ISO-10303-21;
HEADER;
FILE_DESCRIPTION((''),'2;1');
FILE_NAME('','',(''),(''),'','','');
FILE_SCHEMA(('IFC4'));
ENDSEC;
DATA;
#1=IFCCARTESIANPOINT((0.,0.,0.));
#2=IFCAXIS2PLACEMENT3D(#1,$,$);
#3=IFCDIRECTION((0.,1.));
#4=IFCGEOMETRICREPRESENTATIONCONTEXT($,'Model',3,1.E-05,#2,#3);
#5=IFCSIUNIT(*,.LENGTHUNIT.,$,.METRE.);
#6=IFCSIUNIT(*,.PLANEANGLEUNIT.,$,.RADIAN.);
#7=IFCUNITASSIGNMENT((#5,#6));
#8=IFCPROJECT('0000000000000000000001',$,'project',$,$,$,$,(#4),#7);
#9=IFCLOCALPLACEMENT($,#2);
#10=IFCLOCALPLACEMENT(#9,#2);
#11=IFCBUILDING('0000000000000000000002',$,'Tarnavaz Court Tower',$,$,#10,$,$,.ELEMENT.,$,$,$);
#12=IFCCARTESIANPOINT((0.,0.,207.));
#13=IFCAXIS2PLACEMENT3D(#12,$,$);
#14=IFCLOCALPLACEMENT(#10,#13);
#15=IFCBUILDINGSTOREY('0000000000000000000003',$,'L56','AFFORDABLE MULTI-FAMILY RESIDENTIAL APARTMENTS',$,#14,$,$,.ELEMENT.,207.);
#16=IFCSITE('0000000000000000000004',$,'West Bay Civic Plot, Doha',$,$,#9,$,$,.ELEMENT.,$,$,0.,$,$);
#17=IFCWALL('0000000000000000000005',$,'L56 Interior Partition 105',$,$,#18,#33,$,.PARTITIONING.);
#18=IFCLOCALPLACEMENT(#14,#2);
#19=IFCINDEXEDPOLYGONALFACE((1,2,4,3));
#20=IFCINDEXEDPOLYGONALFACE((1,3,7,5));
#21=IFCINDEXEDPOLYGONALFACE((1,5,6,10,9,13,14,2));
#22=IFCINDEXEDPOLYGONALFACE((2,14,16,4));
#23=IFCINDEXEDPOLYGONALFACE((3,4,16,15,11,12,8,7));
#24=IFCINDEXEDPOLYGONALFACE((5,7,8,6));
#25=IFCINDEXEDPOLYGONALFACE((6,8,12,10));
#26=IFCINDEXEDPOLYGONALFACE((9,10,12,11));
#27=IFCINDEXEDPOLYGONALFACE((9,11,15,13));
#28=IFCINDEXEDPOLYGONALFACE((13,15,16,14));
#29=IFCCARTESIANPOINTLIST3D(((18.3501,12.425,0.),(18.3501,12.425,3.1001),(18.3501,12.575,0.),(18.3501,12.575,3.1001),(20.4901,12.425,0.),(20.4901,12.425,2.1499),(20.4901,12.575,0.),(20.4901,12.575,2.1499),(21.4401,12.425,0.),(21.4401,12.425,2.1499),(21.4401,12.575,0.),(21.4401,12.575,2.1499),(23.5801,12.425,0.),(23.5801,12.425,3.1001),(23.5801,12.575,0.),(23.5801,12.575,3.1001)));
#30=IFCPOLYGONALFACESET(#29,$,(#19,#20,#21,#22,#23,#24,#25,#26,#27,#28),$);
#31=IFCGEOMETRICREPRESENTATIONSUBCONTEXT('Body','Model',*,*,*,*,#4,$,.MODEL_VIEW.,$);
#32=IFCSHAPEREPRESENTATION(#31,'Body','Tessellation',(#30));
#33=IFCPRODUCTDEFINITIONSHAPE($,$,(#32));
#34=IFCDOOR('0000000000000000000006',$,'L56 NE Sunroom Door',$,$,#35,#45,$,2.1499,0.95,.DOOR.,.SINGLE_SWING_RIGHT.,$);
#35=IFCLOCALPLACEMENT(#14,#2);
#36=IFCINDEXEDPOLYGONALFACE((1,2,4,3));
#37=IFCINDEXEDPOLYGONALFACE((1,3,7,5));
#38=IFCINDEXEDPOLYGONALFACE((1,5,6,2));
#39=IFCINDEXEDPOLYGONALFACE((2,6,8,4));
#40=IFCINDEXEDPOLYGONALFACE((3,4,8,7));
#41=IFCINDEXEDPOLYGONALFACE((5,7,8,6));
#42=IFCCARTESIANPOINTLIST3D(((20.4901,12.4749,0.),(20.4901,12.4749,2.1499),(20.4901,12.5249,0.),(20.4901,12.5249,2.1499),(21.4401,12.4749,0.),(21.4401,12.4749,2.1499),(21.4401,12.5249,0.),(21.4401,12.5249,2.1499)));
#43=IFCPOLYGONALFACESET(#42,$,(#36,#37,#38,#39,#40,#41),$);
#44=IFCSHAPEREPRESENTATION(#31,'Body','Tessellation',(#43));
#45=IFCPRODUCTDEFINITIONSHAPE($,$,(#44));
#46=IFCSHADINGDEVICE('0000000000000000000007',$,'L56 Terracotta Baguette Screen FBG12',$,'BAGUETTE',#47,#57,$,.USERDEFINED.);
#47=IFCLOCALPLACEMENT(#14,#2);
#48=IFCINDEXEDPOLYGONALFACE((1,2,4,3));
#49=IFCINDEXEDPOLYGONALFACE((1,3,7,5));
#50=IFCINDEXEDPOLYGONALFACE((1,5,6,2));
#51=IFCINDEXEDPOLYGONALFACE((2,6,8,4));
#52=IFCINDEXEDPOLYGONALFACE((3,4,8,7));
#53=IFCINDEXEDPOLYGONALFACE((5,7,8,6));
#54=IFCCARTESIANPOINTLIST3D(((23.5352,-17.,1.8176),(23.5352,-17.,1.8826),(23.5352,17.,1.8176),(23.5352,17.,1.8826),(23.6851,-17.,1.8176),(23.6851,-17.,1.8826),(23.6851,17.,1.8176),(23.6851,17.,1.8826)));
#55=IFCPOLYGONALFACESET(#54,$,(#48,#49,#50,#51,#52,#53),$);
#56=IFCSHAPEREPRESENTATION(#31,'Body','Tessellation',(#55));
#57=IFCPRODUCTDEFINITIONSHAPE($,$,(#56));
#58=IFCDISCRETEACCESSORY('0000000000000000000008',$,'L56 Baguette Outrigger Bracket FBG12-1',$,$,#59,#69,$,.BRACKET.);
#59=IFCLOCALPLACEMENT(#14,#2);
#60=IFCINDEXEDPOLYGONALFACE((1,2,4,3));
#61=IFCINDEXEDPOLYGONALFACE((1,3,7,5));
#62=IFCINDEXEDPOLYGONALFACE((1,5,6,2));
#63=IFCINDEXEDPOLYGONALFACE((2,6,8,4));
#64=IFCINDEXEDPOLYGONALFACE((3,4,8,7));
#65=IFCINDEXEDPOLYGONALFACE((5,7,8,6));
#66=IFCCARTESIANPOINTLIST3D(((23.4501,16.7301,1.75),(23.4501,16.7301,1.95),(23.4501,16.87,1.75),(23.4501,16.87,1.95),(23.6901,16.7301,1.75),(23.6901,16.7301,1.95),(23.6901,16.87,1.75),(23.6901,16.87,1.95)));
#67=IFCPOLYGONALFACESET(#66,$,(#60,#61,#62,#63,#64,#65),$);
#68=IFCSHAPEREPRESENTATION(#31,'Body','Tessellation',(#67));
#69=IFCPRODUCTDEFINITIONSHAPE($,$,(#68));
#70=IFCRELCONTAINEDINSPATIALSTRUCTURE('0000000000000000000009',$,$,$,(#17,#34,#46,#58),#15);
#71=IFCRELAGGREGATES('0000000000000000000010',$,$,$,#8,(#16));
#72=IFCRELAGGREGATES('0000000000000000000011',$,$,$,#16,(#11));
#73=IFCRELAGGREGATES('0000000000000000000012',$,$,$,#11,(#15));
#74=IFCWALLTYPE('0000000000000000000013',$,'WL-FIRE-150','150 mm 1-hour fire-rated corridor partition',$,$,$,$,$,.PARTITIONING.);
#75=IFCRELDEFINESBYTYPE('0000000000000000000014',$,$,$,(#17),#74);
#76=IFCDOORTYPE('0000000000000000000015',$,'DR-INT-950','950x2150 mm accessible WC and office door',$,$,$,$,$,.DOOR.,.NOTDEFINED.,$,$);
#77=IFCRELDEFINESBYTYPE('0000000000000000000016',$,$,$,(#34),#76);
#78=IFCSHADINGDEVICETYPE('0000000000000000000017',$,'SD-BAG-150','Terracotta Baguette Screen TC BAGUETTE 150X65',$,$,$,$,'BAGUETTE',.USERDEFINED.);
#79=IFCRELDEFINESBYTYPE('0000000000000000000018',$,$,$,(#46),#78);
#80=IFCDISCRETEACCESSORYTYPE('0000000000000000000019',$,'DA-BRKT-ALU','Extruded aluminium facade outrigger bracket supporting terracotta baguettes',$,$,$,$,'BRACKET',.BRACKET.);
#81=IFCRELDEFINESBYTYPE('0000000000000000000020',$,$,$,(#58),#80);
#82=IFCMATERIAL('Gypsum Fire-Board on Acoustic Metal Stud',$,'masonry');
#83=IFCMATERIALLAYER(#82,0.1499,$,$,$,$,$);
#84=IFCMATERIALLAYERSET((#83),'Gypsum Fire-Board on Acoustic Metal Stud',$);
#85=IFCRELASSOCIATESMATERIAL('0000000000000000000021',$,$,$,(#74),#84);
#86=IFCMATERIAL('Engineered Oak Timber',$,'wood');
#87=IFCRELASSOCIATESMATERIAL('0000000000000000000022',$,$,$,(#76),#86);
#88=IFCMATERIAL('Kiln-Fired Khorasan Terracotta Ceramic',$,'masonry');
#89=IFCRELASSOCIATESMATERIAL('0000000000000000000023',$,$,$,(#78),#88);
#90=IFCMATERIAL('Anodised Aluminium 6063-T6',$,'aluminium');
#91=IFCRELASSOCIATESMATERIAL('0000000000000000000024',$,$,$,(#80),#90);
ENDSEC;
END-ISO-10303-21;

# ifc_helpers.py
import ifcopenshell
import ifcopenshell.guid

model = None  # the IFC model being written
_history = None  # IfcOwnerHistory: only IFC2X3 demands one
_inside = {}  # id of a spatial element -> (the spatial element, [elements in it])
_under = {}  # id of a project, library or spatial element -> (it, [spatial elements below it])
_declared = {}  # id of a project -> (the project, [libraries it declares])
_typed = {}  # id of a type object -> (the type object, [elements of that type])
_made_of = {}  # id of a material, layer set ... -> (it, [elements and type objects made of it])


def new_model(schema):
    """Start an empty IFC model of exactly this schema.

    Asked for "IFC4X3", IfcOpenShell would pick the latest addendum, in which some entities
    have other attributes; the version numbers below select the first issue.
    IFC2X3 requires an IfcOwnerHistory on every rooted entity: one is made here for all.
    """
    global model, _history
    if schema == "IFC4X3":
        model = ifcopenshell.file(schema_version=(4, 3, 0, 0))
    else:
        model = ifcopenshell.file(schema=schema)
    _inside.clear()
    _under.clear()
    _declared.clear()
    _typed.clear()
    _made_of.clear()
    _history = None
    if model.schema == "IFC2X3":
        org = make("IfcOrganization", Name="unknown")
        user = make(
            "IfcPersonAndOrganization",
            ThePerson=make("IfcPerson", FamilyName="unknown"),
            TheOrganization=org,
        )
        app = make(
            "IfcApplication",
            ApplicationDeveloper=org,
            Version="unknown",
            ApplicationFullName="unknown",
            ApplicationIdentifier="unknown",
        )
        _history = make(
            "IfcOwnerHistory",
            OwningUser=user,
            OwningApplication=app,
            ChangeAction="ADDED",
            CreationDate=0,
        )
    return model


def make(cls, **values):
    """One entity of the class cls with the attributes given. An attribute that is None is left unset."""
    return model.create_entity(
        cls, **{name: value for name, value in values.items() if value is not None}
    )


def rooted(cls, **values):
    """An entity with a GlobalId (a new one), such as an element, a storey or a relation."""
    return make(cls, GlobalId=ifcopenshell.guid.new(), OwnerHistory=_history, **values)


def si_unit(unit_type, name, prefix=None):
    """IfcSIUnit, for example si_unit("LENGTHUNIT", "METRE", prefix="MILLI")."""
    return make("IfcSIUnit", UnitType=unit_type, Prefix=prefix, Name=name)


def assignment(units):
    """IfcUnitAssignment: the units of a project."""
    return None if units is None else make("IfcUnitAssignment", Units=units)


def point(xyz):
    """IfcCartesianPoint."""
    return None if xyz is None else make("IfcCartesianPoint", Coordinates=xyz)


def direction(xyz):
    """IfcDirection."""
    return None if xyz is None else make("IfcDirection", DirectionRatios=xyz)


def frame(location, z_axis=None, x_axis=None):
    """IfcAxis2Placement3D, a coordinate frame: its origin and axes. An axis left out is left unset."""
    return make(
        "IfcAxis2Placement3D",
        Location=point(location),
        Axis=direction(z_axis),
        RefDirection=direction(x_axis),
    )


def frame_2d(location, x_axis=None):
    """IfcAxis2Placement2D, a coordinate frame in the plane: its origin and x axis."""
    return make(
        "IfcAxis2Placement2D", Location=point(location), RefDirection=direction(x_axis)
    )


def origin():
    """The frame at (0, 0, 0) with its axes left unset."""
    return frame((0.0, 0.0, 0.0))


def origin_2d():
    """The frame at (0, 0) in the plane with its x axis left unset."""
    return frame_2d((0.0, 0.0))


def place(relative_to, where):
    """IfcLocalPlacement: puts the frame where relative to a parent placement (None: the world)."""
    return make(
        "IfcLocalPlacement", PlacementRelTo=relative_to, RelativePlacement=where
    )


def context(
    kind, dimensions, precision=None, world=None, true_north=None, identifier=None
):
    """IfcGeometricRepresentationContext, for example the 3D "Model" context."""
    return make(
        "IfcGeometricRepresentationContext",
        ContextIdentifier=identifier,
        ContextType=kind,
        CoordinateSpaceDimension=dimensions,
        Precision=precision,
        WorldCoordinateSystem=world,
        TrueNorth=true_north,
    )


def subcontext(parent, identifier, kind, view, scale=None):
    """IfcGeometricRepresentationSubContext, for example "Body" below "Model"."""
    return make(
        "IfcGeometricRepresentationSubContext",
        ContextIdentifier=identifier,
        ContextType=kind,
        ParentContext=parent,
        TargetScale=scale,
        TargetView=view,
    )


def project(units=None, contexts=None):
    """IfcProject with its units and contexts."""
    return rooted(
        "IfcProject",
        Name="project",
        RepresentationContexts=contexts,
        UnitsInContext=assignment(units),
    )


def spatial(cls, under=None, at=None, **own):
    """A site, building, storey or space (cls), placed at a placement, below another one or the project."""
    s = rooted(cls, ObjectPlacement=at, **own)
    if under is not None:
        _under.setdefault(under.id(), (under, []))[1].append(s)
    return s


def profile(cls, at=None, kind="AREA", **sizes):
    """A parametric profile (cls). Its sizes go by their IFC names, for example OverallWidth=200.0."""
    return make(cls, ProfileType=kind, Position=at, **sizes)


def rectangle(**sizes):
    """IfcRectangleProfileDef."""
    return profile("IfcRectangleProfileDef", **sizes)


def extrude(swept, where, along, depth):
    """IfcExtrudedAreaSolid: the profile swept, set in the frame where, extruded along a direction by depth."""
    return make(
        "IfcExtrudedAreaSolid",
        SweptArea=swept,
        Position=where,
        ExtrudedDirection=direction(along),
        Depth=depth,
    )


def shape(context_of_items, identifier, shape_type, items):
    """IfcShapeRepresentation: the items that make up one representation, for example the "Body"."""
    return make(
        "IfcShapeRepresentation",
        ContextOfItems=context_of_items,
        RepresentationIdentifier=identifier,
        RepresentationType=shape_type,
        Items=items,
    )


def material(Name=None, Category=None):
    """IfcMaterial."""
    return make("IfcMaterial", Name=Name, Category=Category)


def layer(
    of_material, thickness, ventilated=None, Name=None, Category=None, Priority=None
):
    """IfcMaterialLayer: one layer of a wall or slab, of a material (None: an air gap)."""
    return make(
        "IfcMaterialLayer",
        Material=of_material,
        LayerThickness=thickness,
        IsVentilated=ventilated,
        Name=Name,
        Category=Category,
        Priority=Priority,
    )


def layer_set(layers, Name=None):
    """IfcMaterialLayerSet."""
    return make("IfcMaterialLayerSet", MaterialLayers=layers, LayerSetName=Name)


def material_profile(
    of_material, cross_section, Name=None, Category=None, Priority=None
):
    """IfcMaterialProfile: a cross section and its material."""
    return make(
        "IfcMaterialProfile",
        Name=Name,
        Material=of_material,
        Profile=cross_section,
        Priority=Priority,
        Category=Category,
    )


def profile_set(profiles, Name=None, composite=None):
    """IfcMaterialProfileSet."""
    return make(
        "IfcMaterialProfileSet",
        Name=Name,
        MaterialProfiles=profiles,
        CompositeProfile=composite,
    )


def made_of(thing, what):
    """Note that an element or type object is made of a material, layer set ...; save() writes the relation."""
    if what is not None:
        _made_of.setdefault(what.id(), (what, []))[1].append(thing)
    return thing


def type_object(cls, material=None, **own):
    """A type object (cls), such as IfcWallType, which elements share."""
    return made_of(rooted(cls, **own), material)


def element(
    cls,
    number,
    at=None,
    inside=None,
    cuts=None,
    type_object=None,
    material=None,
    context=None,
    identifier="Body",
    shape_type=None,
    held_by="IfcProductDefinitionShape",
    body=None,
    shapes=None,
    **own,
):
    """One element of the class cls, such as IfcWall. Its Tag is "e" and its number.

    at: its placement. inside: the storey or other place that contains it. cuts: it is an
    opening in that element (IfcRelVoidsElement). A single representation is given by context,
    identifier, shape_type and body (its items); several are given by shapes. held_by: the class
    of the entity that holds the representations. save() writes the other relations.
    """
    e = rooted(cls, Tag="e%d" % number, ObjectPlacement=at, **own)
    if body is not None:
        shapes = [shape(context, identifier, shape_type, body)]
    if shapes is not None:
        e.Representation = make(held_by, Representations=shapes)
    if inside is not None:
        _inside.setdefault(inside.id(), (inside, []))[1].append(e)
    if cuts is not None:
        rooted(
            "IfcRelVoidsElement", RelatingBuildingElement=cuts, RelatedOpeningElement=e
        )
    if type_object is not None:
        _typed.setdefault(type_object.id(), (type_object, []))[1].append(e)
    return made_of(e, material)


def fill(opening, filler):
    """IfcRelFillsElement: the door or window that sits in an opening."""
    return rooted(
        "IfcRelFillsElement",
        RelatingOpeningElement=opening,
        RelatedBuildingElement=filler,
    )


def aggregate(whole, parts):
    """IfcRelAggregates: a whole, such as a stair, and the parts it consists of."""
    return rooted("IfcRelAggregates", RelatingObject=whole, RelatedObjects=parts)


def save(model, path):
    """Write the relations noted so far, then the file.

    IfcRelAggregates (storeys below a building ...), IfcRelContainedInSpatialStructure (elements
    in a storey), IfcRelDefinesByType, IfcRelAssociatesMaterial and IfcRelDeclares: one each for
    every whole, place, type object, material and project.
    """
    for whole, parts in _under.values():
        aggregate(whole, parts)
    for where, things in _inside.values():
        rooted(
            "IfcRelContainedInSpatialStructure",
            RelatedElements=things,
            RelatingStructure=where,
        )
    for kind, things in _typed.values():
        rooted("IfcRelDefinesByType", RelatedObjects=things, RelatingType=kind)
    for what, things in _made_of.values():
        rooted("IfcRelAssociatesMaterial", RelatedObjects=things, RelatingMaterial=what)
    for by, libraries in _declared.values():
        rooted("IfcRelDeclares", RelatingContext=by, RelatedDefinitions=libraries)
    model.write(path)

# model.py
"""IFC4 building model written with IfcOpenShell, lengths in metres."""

from ifc_helpers import new_model, si_unit, direction, frame, frame_2d, origin, origin_2d, place, context, subcontext, project, spatial, rectangle, extrude, material, layer, layer_set, material_profile, profile_set, type_object, element, fill, save


model = new_model("IFC4")

# Units and contexts
model_context = context("Model", 3, precision=1e-05, world=origin(), true_north=direction((0.0, 1.0)))
body_context = subcontext(model_context, "Body", "Model", "MODEL_VIEW")
ifc_project = project(units=[si_unit("LENGTHUNIT", "METRE"), si_unit("PLANEANGLEUNIT", "RADIAN")], contexts=[model_context])

# Site, building, storey
site_placement = place(None, origin())
site = spatial("IfcSite", under=ifc_project, at=site_placement, Name="West Bay Civic Plot, Doha", CompositionType="ELEMENT", RefElevation=0.0)
building_placement = place(site_placement, origin())
building = spatial("IfcBuilding", under=site, at=building_placement, Name="Tarnavaz Court Tower", CompositionType="ELEMENT")
storey_placement = place(building_placement, frame((0.0, 0.0, 207.0)))
storey = spatial("IfcBuildingStorey", under=building, at=storey_placement, Name="L56", Description="AFFORDABLE MULTI-FAMILY RESIDENTIAL APARTMENTS", CompositionType="ELEMENT", Elevation=207.0)

# Shared definitions
ifc_material_1 = material(Name="Gypsum Fire-Board on Acoustic Metal Stud", Category="masonry")
ifc_layer_1 = layer(ifc_material_1, 0.1499)
ifc_layer_set_1 = layer_set([ifc_layer_1], Name="Gypsum Fire-Board on Acoustic Metal Stud")
wall_type_1 = type_object("IfcWallType", Name="WL-FIRE-150", Description="150 mm 1-hour fire-rated corridor partition", PredefinedType="PARTITIONING", material=ifc_layer_set_1)

# Wall, opening, door
wall_1_placement = place(storey_placement, frame((18.3501, 12.5, 0.0), z_axis=(0.0, 0.0, 1.0), x_axis=(1.0, 0.0, 0.0)))
wall_1 = element("IfcWall", 1, at=wall_1_placement, inside=storey, type_object=wall_type_1, Name="L56 Interior Partition 105", PredefinedType="PARTITIONING", context=body_context, shape_type="SweptSolid", body=[
    extrude(rectangle(XDim=5.23, YDim=0.1499, at=frame_2d((2.615, 0.0))), origin(), (0.0, 0.0, 1.0), 3.1001),
])
opening_1_placement = place(wall_1_placement, frame((2.1399, 0.0, 0.0)))
opening_1 = element("IfcOpeningElement", 2, at=opening_1_placement, cuts=wall_1, PredefinedType="OPENING", context=body_context, shape_type="SweptSolid", body=[
    extrude(rectangle(XDim=0.95, YDim=2.1499, at=frame_2d((0.4751, 1.075))), frame((0.0, 0.085, 0.0), z_axis=(0.0, -1.0, 0.0), x_axis=(1.0, 0.0, 0.0)), (0.0, 0.0, 1.0), 0.1699),
])
ifc_material_2 = material(Name="Engineered Oak Timber", Category="wood")
door_type = type_object("IfcDoorType", Name="DR-INT-950", Description="950x2150 mm accessible WC and office door", OperationType="NOTDEFINED", PredefinedType="DOOR", material=ifc_material_2)
door_placement = place(opening_1_placement, origin())
door = element("IfcDoor", 3, at=door_placement, inside=storey, type_object=door_type, Name="L56 NE Sunroom Door", OperationType="SINGLE_SWING_RIGHT", OverallHeight=2.1499, OverallWidth=0.95, PredefinedType="DOOR", context=body_context, shape_type="SweptSolid", body=[
    extrude(rectangle(XDim=0.95, YDim=2.1499, at=frame_2d((0.4751, 1.075))), frame((0.0, 0.0249, 0.0), z_axis=(0.0, -1.0, 0.0), x_axis=(1.0, 0.0, 0.0)), (0.0, 0.0, 1.0), 0.05),
])
fill(opening_1, door)

# Shading device
ifc_material_3 = material(Name="Kiln-Fired Khorasan Terracotta Ceramic", Category="masonry")
ifc_material_profile_1 = material_profile(ifc_material_3, rectangle(XDim=0.1499, YDim=0.0649, at=origin_2d()), Name="TC BAGUETTE 150X65")
ifc_profile_set_1 = profile_set([ifc_material_profile_1], Name="Kiln-Fired Khorasan Terracotta Ceramic")
shading_device_type = type_object("IfcShadingDeviceType", Name="SD-BAG-150", Description="Terracotta Baguette Screen TC BAGUETTE 150X65", ElementType="BAGUETTE", PredefinedType="USERDEFINED", material=ifc_profile_set_1)
shading_device_placement = place(storey_placement, frame((23.6101, 17.0, 1.8501), z_axis=(0.0, -1.0, 0.0), x_axis=(1.0, 0.0, 0.0)))
element("IfcShadingDevice", 4, at=shading_device_placement, inside=storey, type_object=shading_device_type, Name="L56 Terracotta Baguette Screen FBG12", ObjectType="BAGUETTE", PredefinedType="USERDEFINED", context=body_context, shape_type="SweptSolid", body=[
    extrude(rectangle(XDim=0.1499, YDim=0.0649, at=origin_2d()), origin(), (0.0, 0.0, 1.0), 34.0),
])

# Discrete accessory
ifc_material_4 = material(Name="Anodised Aluminium 6063-T6", Category="aluminium")
discrete_accessory_type = type_object("IfcDiscreteAccessoryType", Name="DA-BRKT-ALU", Description="Extruded aluminium facade outrigger bracket supporting terracotta baguettes", ElementType="BRACKET", PredefinedType="BRACKET", material=ifc_material_4)
discrete_accessory_placement = place(storey_placement, frame((23.5701, 16.8, 1.75), z_axis=(0.0, 0.0, 1.0), x_axis=(0.0, -1.0, 0.0)))
element("IfcDiscreteAccessory", 5, at=discrete_accessory_placement, inside=storey, type_object=discrete_accessory_type, Name="L56 Baguette Outrigger Bracket FBG12-1", PredefinedType="BRACKET", context=body_context, shape_type="SweptSolid", body=[
    extrude(rectangle(XDim=0.1399, YDim=0.24, at=origin_2d()), origin(), (0.0, 0.0, 1.0), 0.2),
])

save(model, "model.ifc")
